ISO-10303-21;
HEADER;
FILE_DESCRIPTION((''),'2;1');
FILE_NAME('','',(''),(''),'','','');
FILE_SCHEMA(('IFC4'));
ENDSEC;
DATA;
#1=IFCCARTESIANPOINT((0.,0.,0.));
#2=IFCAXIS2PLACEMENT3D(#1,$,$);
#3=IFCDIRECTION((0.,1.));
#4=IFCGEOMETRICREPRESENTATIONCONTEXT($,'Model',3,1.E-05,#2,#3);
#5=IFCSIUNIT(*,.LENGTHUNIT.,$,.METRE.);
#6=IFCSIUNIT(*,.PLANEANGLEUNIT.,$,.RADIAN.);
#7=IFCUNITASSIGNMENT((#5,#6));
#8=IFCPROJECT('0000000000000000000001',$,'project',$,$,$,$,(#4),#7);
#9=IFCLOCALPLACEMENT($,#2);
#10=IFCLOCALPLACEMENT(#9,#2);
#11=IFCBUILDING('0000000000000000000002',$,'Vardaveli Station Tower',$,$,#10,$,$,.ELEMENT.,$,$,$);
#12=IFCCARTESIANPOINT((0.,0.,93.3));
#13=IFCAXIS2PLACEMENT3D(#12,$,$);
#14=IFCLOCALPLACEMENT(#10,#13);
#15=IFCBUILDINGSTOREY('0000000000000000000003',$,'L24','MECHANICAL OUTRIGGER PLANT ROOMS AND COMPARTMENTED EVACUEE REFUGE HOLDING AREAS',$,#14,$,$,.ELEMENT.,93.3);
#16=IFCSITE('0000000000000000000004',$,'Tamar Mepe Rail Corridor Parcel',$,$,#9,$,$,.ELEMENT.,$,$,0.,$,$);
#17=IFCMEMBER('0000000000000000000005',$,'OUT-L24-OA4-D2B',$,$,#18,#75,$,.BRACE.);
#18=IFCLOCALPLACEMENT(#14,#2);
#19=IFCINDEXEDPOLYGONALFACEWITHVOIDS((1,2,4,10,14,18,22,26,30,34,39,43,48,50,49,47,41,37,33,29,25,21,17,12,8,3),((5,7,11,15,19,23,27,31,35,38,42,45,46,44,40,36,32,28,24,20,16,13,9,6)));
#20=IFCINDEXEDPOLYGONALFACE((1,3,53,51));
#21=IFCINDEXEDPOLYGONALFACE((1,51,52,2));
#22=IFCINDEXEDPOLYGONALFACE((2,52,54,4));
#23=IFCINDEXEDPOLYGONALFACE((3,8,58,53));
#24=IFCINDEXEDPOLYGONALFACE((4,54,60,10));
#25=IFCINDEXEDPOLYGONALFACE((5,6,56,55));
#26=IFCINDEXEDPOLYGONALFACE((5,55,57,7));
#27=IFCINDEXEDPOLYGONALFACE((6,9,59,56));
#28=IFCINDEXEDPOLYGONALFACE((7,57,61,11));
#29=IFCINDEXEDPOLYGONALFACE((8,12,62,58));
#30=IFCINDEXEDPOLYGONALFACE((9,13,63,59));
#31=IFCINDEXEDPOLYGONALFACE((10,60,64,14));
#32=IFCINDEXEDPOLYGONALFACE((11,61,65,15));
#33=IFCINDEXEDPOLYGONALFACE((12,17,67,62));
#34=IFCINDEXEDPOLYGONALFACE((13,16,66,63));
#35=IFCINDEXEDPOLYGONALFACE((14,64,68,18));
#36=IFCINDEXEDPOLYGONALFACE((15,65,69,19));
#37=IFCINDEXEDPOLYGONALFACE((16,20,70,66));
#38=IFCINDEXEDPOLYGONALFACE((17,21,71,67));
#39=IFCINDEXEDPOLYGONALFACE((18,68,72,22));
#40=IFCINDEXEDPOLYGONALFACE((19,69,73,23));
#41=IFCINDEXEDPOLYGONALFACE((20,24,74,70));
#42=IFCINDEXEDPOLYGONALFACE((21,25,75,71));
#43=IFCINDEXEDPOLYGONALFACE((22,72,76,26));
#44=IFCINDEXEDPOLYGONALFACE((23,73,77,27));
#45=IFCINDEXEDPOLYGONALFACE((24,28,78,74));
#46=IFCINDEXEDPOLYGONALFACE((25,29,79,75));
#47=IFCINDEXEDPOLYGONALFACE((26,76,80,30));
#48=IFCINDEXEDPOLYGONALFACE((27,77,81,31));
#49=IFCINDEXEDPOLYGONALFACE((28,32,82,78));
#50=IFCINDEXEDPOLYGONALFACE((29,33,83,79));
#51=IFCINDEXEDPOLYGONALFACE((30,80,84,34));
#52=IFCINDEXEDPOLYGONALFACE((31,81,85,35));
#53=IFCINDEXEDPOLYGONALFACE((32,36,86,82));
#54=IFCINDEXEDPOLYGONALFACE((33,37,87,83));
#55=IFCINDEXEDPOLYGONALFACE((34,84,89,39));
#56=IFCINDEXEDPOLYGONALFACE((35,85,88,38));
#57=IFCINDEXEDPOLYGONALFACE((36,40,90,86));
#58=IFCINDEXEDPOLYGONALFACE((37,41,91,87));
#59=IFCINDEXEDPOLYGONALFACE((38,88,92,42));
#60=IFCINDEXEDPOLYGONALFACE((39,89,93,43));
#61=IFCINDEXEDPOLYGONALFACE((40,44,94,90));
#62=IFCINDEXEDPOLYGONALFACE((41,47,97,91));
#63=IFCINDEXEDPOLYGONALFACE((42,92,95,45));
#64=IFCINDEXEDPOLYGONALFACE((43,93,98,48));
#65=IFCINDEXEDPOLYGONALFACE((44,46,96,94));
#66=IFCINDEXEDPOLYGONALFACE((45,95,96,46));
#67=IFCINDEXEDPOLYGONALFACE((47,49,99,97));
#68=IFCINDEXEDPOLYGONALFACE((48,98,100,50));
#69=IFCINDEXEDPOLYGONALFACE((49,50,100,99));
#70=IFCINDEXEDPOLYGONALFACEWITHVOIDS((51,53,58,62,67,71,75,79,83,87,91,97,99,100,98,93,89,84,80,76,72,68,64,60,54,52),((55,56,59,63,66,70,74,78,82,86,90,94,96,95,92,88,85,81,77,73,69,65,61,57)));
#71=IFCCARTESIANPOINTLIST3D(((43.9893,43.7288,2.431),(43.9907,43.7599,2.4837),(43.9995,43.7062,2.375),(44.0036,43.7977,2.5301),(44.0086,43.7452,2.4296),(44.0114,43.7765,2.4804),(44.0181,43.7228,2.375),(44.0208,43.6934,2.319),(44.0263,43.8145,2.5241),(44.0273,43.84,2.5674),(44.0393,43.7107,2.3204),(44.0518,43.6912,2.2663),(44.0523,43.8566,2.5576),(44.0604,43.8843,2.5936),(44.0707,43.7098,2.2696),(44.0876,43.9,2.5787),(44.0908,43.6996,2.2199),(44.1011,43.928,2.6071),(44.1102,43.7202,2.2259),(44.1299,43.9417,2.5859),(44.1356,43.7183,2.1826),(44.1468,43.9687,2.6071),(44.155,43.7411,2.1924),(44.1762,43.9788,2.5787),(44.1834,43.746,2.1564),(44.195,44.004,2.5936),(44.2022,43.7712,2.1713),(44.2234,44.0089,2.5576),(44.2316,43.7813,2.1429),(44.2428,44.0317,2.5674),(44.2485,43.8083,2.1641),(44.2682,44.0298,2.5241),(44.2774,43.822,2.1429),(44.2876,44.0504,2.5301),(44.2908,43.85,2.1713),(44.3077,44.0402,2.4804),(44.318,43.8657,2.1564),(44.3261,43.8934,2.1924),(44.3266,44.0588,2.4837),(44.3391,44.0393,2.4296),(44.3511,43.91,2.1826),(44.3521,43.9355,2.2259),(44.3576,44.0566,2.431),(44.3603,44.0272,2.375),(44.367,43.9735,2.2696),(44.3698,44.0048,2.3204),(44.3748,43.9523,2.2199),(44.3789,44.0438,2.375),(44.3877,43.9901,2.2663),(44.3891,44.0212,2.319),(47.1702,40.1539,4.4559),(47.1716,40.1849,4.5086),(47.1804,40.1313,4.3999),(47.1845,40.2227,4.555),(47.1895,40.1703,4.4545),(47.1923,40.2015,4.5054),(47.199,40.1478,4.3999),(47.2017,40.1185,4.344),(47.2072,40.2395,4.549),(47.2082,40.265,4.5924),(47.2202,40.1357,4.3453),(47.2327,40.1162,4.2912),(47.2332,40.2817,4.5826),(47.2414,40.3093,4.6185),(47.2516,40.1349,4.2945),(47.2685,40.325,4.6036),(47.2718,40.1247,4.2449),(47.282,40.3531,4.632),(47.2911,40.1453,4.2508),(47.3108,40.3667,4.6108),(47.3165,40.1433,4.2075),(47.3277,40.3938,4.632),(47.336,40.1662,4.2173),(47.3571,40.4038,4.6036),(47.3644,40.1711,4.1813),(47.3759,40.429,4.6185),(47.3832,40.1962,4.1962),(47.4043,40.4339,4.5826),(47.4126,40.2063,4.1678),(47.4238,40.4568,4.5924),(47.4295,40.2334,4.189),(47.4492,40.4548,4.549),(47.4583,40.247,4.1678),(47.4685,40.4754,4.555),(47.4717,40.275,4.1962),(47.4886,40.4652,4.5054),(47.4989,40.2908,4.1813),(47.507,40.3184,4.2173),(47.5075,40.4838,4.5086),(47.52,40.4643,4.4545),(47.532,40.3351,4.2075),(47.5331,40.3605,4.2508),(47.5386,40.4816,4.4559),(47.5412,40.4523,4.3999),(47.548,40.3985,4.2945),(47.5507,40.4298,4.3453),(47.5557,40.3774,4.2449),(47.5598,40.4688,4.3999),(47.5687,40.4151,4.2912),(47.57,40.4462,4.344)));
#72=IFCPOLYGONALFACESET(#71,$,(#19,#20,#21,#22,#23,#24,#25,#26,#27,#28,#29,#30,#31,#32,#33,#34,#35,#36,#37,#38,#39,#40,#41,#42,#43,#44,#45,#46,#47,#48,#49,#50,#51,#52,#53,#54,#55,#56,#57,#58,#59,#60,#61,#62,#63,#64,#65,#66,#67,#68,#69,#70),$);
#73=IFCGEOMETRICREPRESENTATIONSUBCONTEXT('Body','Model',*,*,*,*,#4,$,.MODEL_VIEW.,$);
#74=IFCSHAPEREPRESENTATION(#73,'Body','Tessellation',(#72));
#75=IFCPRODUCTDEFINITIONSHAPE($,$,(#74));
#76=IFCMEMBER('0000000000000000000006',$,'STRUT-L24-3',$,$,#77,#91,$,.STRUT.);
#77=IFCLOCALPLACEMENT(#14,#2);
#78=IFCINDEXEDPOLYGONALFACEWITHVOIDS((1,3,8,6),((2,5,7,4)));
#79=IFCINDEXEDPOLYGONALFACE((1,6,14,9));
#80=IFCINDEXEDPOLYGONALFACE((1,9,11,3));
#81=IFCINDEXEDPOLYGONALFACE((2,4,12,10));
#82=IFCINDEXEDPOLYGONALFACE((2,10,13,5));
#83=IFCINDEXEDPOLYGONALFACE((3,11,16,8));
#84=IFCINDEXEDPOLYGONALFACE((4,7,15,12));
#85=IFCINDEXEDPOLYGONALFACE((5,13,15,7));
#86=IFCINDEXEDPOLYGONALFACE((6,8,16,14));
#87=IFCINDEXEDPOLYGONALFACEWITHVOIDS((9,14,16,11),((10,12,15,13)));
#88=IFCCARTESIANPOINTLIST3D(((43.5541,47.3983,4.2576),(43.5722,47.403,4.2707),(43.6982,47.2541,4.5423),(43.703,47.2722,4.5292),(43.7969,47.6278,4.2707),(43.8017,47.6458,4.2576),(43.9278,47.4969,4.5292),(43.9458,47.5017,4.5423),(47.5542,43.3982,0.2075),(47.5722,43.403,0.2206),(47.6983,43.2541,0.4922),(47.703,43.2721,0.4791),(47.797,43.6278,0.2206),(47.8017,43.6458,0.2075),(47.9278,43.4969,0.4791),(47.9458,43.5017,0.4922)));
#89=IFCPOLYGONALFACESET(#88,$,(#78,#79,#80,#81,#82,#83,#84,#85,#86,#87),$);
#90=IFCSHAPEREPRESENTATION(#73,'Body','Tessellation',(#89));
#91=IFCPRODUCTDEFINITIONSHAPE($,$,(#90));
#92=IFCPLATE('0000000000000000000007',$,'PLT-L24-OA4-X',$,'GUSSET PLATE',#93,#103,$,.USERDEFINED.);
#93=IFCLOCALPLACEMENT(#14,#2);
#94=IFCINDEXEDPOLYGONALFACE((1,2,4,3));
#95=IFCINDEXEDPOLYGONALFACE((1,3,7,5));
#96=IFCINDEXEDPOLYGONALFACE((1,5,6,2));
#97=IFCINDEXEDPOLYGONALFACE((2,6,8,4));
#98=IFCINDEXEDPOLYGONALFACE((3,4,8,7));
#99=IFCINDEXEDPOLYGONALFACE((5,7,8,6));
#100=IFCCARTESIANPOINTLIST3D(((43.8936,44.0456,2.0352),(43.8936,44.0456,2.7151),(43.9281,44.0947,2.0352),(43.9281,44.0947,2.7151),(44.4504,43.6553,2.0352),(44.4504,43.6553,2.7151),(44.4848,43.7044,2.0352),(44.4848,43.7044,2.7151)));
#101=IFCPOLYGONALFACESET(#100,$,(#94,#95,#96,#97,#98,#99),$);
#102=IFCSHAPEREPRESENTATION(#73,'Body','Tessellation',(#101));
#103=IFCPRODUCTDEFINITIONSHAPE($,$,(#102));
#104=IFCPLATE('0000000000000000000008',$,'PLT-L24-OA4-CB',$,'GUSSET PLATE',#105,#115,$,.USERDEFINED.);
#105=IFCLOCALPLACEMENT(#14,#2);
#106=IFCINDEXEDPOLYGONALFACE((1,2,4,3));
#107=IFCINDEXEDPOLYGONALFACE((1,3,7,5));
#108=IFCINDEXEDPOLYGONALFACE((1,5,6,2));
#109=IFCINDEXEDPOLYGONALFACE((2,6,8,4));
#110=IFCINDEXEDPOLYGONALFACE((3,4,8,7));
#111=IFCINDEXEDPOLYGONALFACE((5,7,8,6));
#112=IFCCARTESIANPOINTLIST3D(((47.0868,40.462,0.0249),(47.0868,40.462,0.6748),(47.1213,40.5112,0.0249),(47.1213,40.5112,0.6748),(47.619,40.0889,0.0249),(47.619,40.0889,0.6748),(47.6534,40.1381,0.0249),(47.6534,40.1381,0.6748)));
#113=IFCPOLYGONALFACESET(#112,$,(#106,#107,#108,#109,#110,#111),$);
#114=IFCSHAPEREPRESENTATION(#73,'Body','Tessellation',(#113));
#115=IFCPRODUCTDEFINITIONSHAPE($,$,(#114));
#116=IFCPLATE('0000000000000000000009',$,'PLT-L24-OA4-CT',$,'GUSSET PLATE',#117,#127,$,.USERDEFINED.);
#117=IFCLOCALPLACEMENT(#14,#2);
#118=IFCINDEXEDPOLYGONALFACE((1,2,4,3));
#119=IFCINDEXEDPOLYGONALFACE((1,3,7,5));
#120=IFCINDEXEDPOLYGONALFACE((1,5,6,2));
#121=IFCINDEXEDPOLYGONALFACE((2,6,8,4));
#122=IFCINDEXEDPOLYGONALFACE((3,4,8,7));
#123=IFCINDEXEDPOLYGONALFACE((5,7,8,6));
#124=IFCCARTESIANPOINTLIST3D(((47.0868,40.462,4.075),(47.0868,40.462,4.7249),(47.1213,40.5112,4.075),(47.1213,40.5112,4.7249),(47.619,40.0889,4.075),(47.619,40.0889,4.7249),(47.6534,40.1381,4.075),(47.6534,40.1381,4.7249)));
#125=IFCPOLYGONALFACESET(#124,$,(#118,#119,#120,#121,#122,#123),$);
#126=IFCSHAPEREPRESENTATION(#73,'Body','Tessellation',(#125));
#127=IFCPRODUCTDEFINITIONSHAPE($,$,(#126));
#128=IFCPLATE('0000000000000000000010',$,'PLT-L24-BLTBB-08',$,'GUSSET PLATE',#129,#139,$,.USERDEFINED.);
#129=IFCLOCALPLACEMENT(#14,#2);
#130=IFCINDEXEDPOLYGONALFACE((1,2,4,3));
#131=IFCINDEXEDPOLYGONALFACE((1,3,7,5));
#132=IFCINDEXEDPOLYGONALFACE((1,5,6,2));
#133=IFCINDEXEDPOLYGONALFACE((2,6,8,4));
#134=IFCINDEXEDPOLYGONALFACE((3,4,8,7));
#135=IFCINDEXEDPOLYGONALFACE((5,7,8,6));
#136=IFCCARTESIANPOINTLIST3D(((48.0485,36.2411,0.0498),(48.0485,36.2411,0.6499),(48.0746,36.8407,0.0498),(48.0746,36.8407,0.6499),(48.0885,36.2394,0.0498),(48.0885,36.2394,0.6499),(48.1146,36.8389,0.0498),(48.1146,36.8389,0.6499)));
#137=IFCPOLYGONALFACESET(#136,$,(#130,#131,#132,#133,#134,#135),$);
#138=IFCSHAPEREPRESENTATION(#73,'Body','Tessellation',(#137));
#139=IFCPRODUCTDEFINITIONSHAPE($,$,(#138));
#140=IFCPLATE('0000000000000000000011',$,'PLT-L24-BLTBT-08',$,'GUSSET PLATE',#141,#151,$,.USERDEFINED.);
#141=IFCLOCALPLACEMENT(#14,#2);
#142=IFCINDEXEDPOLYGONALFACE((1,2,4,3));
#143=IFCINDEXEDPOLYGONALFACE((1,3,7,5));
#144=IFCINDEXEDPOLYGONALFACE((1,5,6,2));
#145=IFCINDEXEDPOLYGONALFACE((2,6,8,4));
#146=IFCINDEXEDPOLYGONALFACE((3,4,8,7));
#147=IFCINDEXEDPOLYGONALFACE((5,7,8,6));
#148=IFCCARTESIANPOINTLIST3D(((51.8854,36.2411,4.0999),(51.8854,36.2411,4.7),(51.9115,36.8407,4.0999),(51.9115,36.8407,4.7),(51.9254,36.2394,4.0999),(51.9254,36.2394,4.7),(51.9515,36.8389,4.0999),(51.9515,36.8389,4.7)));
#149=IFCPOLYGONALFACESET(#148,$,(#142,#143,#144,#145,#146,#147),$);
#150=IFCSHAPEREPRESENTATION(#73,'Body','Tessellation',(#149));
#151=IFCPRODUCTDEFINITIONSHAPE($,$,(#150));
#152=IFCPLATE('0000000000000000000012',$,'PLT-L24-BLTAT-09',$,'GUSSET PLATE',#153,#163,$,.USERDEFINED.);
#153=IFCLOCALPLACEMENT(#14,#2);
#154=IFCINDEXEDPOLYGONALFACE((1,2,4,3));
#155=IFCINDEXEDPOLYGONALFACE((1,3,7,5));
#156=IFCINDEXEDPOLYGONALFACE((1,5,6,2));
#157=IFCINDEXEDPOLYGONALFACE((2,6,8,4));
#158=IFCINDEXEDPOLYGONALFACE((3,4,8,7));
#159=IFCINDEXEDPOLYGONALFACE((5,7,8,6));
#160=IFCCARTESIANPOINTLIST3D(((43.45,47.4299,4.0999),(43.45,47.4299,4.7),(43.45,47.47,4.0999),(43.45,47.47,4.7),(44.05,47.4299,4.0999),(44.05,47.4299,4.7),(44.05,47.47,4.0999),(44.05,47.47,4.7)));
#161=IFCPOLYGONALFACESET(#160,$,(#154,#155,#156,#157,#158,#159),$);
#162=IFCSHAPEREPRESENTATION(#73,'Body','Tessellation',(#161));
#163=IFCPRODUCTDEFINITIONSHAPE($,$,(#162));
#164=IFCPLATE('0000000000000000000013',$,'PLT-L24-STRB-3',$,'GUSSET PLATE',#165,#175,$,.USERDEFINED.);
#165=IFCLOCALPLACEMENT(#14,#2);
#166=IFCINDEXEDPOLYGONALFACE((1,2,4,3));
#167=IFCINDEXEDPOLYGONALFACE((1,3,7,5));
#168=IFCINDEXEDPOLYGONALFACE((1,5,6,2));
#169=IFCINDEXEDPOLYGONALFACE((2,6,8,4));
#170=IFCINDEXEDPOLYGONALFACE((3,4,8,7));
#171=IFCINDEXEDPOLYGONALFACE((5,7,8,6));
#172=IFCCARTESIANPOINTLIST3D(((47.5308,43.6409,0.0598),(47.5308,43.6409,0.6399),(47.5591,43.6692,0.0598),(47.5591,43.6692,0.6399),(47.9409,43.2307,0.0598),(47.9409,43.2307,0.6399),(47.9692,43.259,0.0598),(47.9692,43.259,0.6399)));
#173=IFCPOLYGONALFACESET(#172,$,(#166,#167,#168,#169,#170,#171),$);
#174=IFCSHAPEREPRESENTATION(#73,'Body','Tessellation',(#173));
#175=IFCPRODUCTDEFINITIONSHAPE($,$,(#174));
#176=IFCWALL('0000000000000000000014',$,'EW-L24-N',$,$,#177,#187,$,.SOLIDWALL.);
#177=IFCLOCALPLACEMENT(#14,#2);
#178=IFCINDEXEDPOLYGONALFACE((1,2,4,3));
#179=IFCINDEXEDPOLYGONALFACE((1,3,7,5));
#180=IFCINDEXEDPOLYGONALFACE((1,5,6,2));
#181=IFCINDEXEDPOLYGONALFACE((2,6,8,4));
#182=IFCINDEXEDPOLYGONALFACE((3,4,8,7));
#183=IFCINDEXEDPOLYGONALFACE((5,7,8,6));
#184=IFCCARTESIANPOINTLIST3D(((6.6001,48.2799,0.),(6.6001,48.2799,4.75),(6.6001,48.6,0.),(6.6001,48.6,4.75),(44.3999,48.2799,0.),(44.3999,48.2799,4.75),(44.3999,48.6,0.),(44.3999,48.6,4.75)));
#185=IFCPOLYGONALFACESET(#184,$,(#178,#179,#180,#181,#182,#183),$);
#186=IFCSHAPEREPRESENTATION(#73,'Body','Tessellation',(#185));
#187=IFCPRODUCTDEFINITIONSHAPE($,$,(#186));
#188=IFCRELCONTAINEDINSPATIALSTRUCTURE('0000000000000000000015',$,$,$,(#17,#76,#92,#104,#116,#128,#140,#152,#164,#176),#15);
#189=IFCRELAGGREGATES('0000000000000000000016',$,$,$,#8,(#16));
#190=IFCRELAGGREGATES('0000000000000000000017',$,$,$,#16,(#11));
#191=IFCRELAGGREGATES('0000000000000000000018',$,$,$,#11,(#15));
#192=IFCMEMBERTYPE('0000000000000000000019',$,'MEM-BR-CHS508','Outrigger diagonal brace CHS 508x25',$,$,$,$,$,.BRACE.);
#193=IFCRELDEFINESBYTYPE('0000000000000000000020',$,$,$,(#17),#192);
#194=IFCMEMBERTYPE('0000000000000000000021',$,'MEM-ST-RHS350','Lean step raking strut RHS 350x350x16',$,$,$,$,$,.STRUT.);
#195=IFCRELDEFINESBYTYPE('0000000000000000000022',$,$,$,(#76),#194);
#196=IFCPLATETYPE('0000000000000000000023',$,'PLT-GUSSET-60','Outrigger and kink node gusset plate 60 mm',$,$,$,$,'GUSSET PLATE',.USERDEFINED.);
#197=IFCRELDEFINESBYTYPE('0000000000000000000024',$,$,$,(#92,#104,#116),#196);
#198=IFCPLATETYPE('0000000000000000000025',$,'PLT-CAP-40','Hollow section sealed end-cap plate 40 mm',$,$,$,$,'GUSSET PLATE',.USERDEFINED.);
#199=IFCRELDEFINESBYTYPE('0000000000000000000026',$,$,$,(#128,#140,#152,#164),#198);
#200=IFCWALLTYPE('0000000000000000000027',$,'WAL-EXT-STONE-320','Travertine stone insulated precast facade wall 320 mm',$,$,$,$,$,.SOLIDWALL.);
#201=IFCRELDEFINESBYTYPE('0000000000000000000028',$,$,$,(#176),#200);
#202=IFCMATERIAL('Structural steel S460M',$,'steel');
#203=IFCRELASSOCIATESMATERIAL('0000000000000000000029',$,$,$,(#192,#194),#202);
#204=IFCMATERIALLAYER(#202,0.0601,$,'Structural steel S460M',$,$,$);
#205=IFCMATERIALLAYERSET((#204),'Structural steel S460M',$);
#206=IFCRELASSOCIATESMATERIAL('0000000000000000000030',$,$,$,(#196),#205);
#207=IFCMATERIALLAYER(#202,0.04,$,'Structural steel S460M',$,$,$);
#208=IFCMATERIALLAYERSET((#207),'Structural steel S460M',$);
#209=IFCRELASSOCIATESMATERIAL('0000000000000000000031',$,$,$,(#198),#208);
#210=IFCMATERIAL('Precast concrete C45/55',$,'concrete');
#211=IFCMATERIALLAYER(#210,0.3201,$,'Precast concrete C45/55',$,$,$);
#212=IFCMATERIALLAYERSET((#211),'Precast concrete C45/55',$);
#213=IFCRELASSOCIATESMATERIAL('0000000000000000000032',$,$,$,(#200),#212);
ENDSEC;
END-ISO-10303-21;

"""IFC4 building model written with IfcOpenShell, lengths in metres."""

from ifc_helpers import new_model, si_unit, direction, frame, frame_2d, origin, origin_2d, place, context, subcontext, project, spatial, rectangle, hollow_rectangle, hollow_circle, extrude, source, transform, mapped, material, layer, layer_set, material_profile, profile_set, type_object, element, save


model = new_model("IFC4")

# Units and contexts
model_context = context("Model", 3, precision=1e-05, world=origin(), true_north=direction((0.0, 1.0)))
body_context = subcontext(model_context, "Body", "Model", "MODEL_VIEW")
ifc_project = project(units=[si_unit("LENGTHUNIT", "METRE"), si_unit("PLANEANGLEUNIT", "RADIAN")], contexts=[model_context])

# Site, building, storey
site_placement = place(None, origin())
site = spatial("IfcSite", under=ifc_project, at=site_placement, Name="Tamar Mepe Rail Corridor Parcel", CompositionType="ELEMENT", RefElevation=0.0)
building_placement = place(site_placement, origin())
building = spatial("IfcBuilding", under=site, at=building_placement, Name="Vardaveli Station Tower", CompositionType="ELEMENT")
storey_placement = place(building_placement, frame((0.0, 0.0, 93.3)))
storey = spatial("IfcBuildingStorey", under=building, at=storey_placement, Name="L24", Description="MECHANICAL OUTRIGGER PLANT ROOMS AND COMPARTMENTED EVACUEE REFUGE HOLDING AREAS", CompositionType="ELEMENT", Elevation=93.3)

# Shared definitions
ifc_material_1 = material(Name="Structural steel S460M", Category="steel")

# Members
ifc_material_profile_1 = material_profile(ifc_material_1, hollow_circle(Radius=0.2539, WallThickness=0.0249, at=origin_2d()), Name="CHS 508x25")
ifc_profile_set_1 = profile_set([ifc_material_profile_1], Name="Structural steel S460M")
member_type_1 = type_object("IfcMemberType", Name="MEM-BR-CHS508", Description="Outrigger diagonal brace CHS 508x25", PredefinedType="BRACE", material=ifc_profile_set_1)
shared_shape_1 = source(origin(), body_context, "Body", "SweptSolid", [
    extrude(hollow_circle(Radius=0.2539, WallThickness=0.0249, at=origin_2d()), origin(), (0.0, 0.0, 1.0), 5.196),
])
member_1_placement = place(storey_placement, frame((44.1892, 43.875, 2.375), z_axis=(0.612181, -0.688016, 0.389702), x_axis=(0.74708, 0.664734, 0.0)))
element("IfcMember", 1, at=member_1_placement, inside=storey, type_object=member_type_1, Name="OUT-L24-OA4-D2B", PredefinedType="BRACE", context=body_context, shape_type="MappedRepresentation", body=[
    mapped(shared_shape_1, transform((0.0, 0.0, 0.0), scale=1.0)),
])
ifc_material_profile_2 = material_profile(ifc_material_1, hollow_rectangle(XDim=0.3501, YDim=0.3501, WallThickness=0.0161, at=origin_2d()), Name="RHS 350x350x16")
ifc_profile_set_2 = profile_set([ifc_material_profile_2], Name="Structural steel S460M")
member_type_2 = type_object("IfcMemberType", Name="MEM-ST-RHS350", Description="Lean step raking strut RHS 350x350x16", PredefinedType="STRUT", material=ifc_profile_set_2)
shared_shape_2 = source(origin(), body_context, "Body", "SweptSolid", [
    extrude(hollow_rectangle(XDim=0.3501, YDim=0.3501, WallThickness=0.0161, at=origin_2d()), origin(), (0.0, 0.0, 1.0), 6.9573),
])
member_2_placement = place(storey_placement, frame((47.75, 43.45, 0.3499), z_axis=(-0.574942, 0.574942, 0.582136), x_axis=(-0.707107, -0.707107, 0.0)))
element("IfcMember", 2, at=member_2_placement, inside=storey, type_object=member_type_2, Name="STRUT-L24-3", PredefinedType="STRUT", context=body_context, shape_type="MappedRepresentation", body=[
    mapped(shared_shape_2, transform((0.0, 0.0, 0.0), scale=1.0)),
])

# Plates
ifc_layer_1 = layer(ifc_material_1, 0.0601, Name="Structural steel S460M")
ifc_layer_set_1 = layer_set([ifc_layer_1], Name="Structural steel S460M")
plate_type_1 = type_object("IfcPlateType", Name="PLT-GUSSET-60", Description="Outrigger and kink node gusset plate 60 mm", ElementType="GUSSET PLATE", PredefinedType="USERDEFINED", material=ifc_layer_set_1)
shared_shape_3 = source(origin(), body_context, "Body", "SweptSolid", [
    extrude(rectangle(XDim=0.6799, YDim=0.0601, at=origin_2d()), origin(), (0.0, 0.0, 1.0), 0.6799),
])
plate_1_placement = place(storey_placement, frame((44.1892, 43.875, 2.0352), z_axis=(0.0, 0.0, 1.0), x_axis=(-0.818852, 0.574005, 0.0)))
element("IfcPlate", 3, at=plate_1_placement, inside=storey, type_object=plate_type_1, Name="PLT-L24-OA4-X", ObjectType="GUSSET PLATE", PredefinedType="USERDEFINED", context=body_context, shape_type="MappedRepresentation", body=[
    mapped(shared_shape_3, transform((0.0, 0.0, 0.0), scale=1.0)),
])
shared_shape_4 = source(origin(), body_context, "Body", "SweptSolid", [
    extrude(rectangle(XDim=0.6499, YDim=0.0601, at=origin_2d()), origin(), (0.0, 0.0, 1.0), 0.6499),
])
for number, where, z_axis, x_axis, name in (
    (4, (47.3701, 40.3, 0.0249), (0.0, 0.0, 1.0), (-0.818852, 0.574005, 0.0), "PLT-L24-OA4-CB"),
    (5, (47.3701, 40.3, 4.075), (0.0, 0.0, 1.0), (-0.818852, 0.574005, 0.0), "PLT-L24-OA4-CT"),
):
    element("IfcPlate", number, at=place(storey_placement, frame(where, z_axis=z_axis, x_axis=x_axis)), inside=storey, type_object=plate_type_1, Name=name, ObjectType="GUSSET PLATE", PredefinedType="USERDEFINED", context=body_context, shape_type="MappedRepresentation", body=[
        mapped(shared_shape_4, transform((0.0, 0.0, 0.0), scale=1.0)),
    ])
ifc_layer_2 = layer(ifc_material_1, 0.04, Name="Structural steel S460M")
ifc_layer_set_2 = layer_set([ifc_layer_2], Name="Structural steel S460M")
plate_type_2 = type_object("IfcPlateType", Name="PLT-CAP-40", Description="Hollow section sealed end-cap plate 40 mm", ElementType="GUSSET PLATE", PredefinedType="USERDEFINED", material=ifc_layer_set_2)
shared_shape_5 = source(origin(), body_context, "Body", "SweptSolid", [
    extrude(rectangle(XDim=0.6001, YDim=0.04, at=origin_2d()), origin(), (0.0, 0.0, 1.0), 0.6001),
])
for number, where, z_axis, x_axis, name in (
    (6, (48.0815, 36.54, 0.0498), (0.0, 0.0, 1.0), (0.043445, 0.999056, 0.0), "PLT-L24-BLTBB-08"),
    (7, (51.9185, 36.54, 4.0999), (0.0, 0.0, 1.0), (0.043445, 0.999056, 0.0), "PLT-L24-BLTBT-08"),
    (8, (43.75, 47.45, 4.0999), (0.0, 0.0, 1.0), (-1.0, 0.0, 0.0), "PLT-L24-BLTAT-09"),
):
    element("IfcPlate", number, at=place(storey_placement, frame(where, z_axis=z_axis, x_axis=x_axis)), inside=storey, type_object=plate_type_2, Name=name, ObjectType="GUSSET PLATE", PredefinedType="USERDEFINED", context=body_context, shape_type="MappedRepresentation", body=[
        mapped(shared_shape_5, transform((0.0, 0.0, 0.0), scale=1.0)),
    ])
shared_shape_6 = source(origin(), body_context, "Body", "SweptSolid", [
    extrude(rectangle(XDim=0.5801, YDim=0.04, at=origin_2d()), origin(), (0.0, 0.0, 1.0), 0.5801),
])
plate_2_placement = place(storey_placement, frame((47.75, 43.45, 0.0598), z_axis=(0.0, 0.0, 1.0), x_axis=(-0.707107, 0.707107, 0.0)))
element("IfcPlate", 9, at=plate_2_placement, inside=storey, type_object=plate_type_2, Name="PLT-L24-STRB-3", ObjectType="GUSSET PLATE", PredefinedType="USERDEFINED", context=body_context, shape_type="MappedRepresentation", body=[
    mapped(shared_shape_6, transform((0.0, 0.0, 0.0), scale=1.0)),
])

# Wall
ifc_material_2 = material(Name="Precast concrete C45/55", Category="concrete")
ifc_layer_3 = layer(ifc_material_2, 0.3201, Name="Precast concrete C45/55")
ifc_layer_set_3 = layer_set([ifc_layer_3], Name="Precast concrete C45/55")
wall_type_1 = type_object("IfcWallType", Name="WAL-EXT-STONE-320", Description="Travertine stone insulated precast facade wall 320 mm", PredefinedType="SOLIDWALL", material=ifc_layer_set_3)
shared_shape_7 = source(origin(), body_context, "Body", "SweptSolid", [
    extrude(rectangle(XDim=37.7998, YDim=0.3201, at=frame_2d((18.8999, 0.0))), origin(), (0.0, 0.0, 1.0), 4.75),
])
wall_1_placement = place(storey_placement, frame((44.3999, 48.4399, 0.0), z_axis=(0.0, 0.0, 1.0), x_axis=(-1.0, 0.0, 0.0)))
element("IfcWall", 10, at=wall_1_placement, inside=storey, type_object=wall_type_1, Name="EW-L24-N", PredefinedType="SOLIDWALL", context=body_context, shape_type="MappedRepresentation", body=[
    mapped(shared_shape_7, transform((0.0, 0.0, 0.0), scale=1.0)),
])

save(model, "model.ifc")
